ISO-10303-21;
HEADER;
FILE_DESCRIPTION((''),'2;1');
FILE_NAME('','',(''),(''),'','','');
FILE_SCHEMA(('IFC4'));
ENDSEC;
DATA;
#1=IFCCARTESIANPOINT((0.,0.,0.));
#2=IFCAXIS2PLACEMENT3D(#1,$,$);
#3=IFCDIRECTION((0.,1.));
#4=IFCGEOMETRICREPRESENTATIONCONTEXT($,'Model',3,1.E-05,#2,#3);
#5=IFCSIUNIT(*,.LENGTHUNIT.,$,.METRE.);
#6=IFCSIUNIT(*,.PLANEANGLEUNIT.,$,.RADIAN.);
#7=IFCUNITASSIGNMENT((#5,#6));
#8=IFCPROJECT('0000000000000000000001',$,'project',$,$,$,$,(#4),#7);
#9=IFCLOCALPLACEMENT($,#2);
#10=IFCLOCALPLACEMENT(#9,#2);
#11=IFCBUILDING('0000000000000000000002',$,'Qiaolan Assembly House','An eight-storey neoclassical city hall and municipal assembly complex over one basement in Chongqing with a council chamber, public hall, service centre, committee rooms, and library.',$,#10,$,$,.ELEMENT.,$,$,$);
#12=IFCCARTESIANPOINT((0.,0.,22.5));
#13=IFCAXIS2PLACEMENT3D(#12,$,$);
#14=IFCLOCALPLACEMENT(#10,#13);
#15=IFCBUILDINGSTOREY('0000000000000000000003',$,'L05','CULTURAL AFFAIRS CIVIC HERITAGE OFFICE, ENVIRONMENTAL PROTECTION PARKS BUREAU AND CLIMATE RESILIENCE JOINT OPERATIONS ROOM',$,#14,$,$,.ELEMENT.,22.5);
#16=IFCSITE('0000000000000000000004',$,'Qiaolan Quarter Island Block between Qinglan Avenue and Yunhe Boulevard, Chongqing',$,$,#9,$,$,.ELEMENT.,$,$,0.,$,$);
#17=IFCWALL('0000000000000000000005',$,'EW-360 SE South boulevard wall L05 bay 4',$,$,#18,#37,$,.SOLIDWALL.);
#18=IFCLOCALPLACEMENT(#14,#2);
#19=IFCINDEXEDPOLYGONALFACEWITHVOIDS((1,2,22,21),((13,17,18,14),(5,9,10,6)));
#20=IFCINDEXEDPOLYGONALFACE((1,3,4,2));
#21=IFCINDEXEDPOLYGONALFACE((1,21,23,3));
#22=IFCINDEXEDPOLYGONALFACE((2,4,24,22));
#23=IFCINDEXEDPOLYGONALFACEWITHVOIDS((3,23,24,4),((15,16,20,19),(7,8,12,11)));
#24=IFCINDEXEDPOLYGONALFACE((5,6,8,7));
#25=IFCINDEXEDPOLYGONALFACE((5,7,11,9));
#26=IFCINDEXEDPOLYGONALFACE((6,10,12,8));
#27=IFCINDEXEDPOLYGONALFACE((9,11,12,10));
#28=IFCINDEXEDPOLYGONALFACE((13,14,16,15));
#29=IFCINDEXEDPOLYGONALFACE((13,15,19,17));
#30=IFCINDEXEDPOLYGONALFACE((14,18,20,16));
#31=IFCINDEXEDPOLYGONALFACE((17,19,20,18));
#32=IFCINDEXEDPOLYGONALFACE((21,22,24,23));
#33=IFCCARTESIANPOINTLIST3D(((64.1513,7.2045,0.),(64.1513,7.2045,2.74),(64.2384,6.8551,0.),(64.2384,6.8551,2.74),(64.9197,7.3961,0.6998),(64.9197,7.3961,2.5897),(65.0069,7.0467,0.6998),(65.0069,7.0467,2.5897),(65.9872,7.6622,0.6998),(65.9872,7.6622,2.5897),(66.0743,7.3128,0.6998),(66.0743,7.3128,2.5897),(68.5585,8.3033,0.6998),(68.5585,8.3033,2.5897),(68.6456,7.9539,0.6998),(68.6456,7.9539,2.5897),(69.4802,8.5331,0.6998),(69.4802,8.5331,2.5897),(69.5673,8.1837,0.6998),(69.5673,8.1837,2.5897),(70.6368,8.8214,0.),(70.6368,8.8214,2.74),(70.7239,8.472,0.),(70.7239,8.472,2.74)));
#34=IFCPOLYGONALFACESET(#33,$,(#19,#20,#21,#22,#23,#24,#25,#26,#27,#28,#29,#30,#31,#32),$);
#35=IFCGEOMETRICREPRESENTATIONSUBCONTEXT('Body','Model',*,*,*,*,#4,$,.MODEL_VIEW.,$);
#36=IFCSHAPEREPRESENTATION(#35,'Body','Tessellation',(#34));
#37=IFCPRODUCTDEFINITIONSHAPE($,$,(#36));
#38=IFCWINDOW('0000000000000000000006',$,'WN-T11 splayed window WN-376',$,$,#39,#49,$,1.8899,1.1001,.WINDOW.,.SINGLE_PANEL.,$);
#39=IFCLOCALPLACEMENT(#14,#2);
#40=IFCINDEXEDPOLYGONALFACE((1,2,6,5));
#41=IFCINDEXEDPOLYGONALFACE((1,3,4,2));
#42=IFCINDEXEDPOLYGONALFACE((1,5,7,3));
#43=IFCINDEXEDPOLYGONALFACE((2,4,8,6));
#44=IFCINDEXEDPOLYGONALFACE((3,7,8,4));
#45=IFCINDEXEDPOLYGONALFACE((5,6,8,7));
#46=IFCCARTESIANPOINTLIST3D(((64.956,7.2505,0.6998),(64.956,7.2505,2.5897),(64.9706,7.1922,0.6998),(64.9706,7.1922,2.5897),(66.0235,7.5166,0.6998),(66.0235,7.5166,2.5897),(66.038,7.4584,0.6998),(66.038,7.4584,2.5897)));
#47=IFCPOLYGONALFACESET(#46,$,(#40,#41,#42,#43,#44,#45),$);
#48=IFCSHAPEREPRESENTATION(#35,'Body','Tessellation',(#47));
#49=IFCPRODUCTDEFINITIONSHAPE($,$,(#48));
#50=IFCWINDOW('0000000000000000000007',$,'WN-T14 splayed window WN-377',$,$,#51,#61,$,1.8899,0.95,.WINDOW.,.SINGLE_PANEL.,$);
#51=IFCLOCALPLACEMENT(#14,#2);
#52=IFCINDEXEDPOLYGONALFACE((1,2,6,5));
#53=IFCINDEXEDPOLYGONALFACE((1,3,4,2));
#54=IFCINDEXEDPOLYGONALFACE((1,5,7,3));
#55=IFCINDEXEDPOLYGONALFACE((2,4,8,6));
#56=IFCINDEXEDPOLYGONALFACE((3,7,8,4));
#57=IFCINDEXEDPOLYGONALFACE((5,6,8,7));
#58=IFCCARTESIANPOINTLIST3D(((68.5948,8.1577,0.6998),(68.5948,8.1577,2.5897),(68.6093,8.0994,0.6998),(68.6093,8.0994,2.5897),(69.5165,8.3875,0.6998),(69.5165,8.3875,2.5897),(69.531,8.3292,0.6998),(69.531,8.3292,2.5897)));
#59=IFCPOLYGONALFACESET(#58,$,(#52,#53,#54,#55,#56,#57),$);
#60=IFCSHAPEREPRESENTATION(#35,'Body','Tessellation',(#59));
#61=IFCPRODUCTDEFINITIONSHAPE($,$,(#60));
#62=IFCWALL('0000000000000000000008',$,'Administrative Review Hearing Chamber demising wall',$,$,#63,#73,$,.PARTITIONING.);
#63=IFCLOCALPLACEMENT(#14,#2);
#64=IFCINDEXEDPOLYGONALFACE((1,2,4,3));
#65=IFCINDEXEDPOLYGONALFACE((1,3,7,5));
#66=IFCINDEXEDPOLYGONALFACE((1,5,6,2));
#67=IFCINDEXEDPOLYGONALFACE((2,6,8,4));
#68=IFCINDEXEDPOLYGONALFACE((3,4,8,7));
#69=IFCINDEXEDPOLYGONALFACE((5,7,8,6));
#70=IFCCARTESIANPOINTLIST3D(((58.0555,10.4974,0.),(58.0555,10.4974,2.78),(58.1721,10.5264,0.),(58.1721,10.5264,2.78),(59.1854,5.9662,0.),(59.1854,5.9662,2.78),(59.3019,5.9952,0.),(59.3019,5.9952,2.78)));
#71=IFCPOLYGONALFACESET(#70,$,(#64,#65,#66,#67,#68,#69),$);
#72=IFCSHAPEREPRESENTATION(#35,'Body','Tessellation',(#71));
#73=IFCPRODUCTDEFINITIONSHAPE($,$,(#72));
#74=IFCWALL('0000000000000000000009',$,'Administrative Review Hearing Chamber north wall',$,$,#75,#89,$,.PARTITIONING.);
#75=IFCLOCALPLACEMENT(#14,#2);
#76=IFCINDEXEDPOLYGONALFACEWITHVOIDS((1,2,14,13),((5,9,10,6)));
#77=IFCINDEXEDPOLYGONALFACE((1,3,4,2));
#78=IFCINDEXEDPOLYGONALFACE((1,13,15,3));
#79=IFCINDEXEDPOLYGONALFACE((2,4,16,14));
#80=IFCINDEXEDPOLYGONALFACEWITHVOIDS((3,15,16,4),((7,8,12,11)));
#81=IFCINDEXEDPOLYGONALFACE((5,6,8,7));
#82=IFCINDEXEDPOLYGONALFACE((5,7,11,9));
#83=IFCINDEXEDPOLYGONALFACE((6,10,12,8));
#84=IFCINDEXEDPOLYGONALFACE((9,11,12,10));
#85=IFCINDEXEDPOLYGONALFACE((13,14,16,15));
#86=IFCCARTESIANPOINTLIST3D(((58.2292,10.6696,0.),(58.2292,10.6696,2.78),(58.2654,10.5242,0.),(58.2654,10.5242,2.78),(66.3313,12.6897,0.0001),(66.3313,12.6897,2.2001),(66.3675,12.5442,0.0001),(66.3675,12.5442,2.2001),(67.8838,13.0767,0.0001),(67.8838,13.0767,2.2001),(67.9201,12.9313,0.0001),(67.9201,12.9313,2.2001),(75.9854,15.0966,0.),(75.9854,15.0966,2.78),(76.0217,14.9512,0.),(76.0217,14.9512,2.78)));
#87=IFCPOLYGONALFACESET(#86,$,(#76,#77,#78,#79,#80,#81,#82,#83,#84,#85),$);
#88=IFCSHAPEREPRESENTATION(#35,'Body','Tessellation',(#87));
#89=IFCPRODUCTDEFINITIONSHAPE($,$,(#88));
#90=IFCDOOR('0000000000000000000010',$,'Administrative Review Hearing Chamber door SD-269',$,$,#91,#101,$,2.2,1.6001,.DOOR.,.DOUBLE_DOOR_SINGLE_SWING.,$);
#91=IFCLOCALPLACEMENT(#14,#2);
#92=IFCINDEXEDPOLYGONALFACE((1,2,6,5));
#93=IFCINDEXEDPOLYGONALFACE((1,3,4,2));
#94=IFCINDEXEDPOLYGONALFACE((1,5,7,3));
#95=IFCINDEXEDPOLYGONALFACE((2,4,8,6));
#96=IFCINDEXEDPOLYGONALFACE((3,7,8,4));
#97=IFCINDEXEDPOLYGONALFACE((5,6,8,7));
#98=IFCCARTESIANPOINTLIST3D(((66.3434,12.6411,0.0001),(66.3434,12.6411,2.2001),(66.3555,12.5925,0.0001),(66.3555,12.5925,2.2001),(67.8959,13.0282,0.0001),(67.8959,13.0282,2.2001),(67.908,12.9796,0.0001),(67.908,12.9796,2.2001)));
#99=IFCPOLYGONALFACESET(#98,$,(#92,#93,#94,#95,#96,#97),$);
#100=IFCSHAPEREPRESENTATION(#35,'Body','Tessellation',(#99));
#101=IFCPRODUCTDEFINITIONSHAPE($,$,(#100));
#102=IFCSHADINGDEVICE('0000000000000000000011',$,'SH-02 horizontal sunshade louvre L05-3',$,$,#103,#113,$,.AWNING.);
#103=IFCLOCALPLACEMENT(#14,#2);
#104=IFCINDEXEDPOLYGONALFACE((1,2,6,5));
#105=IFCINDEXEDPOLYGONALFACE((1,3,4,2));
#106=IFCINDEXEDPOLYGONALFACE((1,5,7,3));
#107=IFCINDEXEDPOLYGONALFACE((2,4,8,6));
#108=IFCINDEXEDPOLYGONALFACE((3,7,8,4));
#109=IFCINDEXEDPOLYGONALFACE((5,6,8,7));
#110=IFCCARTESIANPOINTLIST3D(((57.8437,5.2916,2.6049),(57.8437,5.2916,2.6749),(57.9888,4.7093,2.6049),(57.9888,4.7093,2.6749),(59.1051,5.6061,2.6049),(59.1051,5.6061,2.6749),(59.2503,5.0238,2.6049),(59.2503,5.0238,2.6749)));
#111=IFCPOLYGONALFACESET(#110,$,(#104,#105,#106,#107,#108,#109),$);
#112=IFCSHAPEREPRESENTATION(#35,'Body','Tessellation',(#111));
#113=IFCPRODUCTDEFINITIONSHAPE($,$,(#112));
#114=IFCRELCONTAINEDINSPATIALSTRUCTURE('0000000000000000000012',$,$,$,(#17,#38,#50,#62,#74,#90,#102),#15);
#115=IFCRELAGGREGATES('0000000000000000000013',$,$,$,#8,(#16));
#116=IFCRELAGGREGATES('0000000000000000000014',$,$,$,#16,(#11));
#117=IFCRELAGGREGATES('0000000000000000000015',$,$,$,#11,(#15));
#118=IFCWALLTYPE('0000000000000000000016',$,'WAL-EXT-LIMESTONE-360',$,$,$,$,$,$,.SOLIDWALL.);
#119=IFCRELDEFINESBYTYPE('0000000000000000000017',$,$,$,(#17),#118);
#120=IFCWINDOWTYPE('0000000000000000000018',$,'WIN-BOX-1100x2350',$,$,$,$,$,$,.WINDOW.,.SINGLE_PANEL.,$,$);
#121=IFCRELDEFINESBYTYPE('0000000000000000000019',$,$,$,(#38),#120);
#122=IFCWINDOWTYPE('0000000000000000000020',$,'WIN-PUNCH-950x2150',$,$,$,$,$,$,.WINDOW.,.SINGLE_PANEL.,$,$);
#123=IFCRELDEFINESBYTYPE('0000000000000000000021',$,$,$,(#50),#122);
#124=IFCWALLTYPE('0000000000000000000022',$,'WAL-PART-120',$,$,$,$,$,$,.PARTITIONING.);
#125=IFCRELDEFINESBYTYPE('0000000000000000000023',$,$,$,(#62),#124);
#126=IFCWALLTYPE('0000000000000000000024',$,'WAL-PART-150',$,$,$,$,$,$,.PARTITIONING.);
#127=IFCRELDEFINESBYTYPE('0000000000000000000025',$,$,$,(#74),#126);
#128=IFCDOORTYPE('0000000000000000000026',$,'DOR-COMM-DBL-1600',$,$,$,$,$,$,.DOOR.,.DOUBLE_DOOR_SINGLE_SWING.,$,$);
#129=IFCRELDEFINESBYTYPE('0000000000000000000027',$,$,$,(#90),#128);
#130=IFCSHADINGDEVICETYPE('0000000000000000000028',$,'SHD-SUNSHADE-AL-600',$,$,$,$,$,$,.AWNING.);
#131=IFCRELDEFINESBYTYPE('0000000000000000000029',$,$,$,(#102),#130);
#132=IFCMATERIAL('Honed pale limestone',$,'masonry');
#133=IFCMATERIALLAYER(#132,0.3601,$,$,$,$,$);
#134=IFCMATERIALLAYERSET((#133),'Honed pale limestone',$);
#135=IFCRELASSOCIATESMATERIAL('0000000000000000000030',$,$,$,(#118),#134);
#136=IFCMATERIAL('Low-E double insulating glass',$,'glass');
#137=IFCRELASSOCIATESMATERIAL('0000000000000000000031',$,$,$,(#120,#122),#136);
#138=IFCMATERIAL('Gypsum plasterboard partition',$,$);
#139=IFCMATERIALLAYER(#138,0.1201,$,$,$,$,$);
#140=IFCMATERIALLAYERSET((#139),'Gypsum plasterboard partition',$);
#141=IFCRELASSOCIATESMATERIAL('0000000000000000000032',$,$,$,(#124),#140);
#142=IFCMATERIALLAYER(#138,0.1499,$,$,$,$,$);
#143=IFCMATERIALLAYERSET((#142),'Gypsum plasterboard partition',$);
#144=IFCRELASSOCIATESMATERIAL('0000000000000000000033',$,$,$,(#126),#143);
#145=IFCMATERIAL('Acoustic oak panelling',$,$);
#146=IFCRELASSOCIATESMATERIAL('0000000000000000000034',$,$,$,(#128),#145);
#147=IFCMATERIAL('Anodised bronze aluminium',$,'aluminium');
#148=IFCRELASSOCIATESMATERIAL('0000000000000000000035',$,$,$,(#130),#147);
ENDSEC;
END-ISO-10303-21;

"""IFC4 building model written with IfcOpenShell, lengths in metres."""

from ifc_helpers import new_model, si_unit, direction, frame, frame_2d, origin, origin_2d, place, context, subcontext, project, spatial, rectangle, extrude, material, layer, layer_set, material_profile, profile_set, type_object, element, fill, save


model = new_model("IFC4")

# Units and contexts
model_context = context("Model", 3, precision=1e-05, world=origin(), true_north=direction((0.0, 1.0)))
body_context = subcontext(model_context, "Body", "Model", "MODEL_VIEW")
ifc_project = project(units=[si_unit("LENGTHUNIT", "METRE"), si_unit("PLANEANGLEUNIT", "RADIAN")], contexts=[model_context])

# Site, building, storey
site_placement = place(None, origin())
site = spatial("IfcSite", under=ifc_project, at=site_placement, Name="Qiaolan Quarter Island Block between Qinglan Avenue and Yunhe Boulevard, Chongqing", CompositionType="ELEMENT", RefElevation=0.0)
building_placement = place(site_placement, origin())
building = spatial("IfcBuilding", under=site, at=building_placement, Name="Qiaolan Assembly House", Description="An eight-storey neoclassical city hall and municipal assembly complex over one basement in Chongqing with a council chamber, public hall, service centre, committee rooms, and library.", CompositionType="ELEMENT")
storey_placement = place(building_placement, frame((0.0, 0.0, 22.5)))
storey = spatial("IfcBuildingStorey", under=building, at=storey_placement, Name="L05", Description="CULTURAL AFFAIRS CIVIC HERITAGE OFFICE, ENVIRONMENTAL PROTECTION PARKS BUREAU AND CLIMATE RESILIENCE JOINT OPERATIONS ROOM", CompositionType="ELEMENT", Elevation=22.5)

# Shared definitions
ifc_material_1 = material(Name="Honed pale limestone", Category="masonry")

# Wall, openings, windows
ifc_layer_1 = layer(ifc_material_1, 0.3601)
ifc_layer_set_1 = layer_set([ifc_layer_1], Name="Honed pale limestone")
wall_type_1 = type_object("IfcWallType", Name="WAL-EXT-LIMESTONE-360", PredefinedType="SOLIDWALL", material=ifc_layer_set_1)
wall_1_placement = place(storey_placement, frame((64.1948, 7.0298, 0.0), z_axis=(0.0, 0.0, 1.0), x_axis=(0.970299, 0.241908, 0.0)))
wall_1 = element("IfcWall", 1, at=wall_1_placement, inside=storey, type_object=wall_type_1, Name="EW-360 SE South boulevard wall L05 bay 4", PredefinedType="SOLIDWALL", context=body_context, shape_type="SweptSolid", body=[
    extrude(rectangle(XDim=6.6841, YDim=0.3601, at=frame_2d((3.342, 0.0))), origin(), (0.0, 0.0, 1.0), 2.74),
])
opening_1_placement = place(wall_1_placement, frame((0.792, 0.0, 0.7)))
opening_1 = element("IfcOpeningElement", 2, at=opening_1_placement, cuts=wall_1, PredefinedType="OPENING", context=body_context, shape_type="SweptSolid", body=[
    extrude(rectangle(XDim=1.1001, YDim=1.8899, at=frame_2d((0.55, 0.9448))), frame((0.0, 0.1899, 0.0), z_axis=(0.0, -1.0, 0.0), x_axis=(1.0, 0.0, 0.0)), (0.0, 0.0, 1.0), 0.3801),
])
opening_2_placement = place(wall_1_placement, frame((4.542, 0.0, 0.7)))
opening_2 = element("IfcOpeningElement", 3, at=opening_2_placement, cuts=wall_1, PredefinedType="OPENING", context=body_context, shape_type="SweptSolid", body=[
    extrude(rectangle(XDim=0.95, YDim=1.8899, at=frame_2d((0.4751, 0.9448))), frame((0.0, 0.1899, 0.0), z_axis=(0.0, -1.0, 0.0), x_axis=(1.0, 0.0, 0.0)), (0.0, 0.0, 1.0), 0.3801),
])
ifc_material_2 = material(Name="Low-E double insulating glass", Category="glass")
window_type_1 = type_object("IfcWindowType", Name="WIN-BOX-1100x2350", PartitioningType="SINGLE_PANEL", PredefinedType="WINDOW", material=ifc_material_2)
window_1_placement = place(opening_1_placement, origin())
window_1 = element("IfcWindow", 4, at=window_1_placement, inside=storey, type_object=window_type_1, Name="WN-T11 splayed window WN-376", OverallHeight=1.8899, OverallWidth=1.1001, PartitioningType="SINGLE_PANEL", PredefinedType="WINDOW", context=body_context, shape_type="SweptSolid", body=[
    extrude(rectangle(XDim=1.1001, YDim=1.8899, at=frame_2d((0.55, 0.9448))), frame((0.0, 0.03, 0.0), z_axis=(0.0, -1.0, 0.0), x_axis=(1.0, 0.0, 0.0)), (0.0, 0.0, 1.0), 0.0601),
])
fill(opening_1, window_1)
window_type_2 = type_object("IfcWindowType", Name="WIN-PUNCH-950x2150", PartitioningType="SINGLE_PANEL", PredefinedType="WINDOW", material=ifc_material_2)
window_2_placement = place(opening_2_placement, origin())
window_2 = element("IfcWindow", 5, at=window_2_placement, inside=storey, type_object=window_type_2, Name="WN-T14 splayed window WN-377", OverallHeight=1.8899, OverallWidth=0.95, PartitioningType="SINGLE_PANEL", PredefinedType="WINDOW", context=body_context, shape_type="SweptSolid", body=[
    extrude(rectangle(XDim=0.95, YDim=1.8899, at=frame_2d((0.4751, 0.9448))), frame((0.0, 0.03, 0.0), z_axis=(0.0, -1.0, 0.0), x_axis=(1.0, 0.0, 0.0)), (0.0, 0.0, 1.0), 0.0601),
])
fill(opening_2, window_2)

# Wall
ifc_material_3 = material(Name="Gypsum plasterboard partition")
ifc_layer_2 = layer(ifc_material_3, 0.1201)
ifc_layer_set_2 = layer_set([ifc_layer_2], Name="Gypsum plasterboard partition")
wall_type_2 = type_object("IfcWallType", Name="WAL-PART-120", PredefinedType="PARTITIONING", material=ifc_layer_set_2)
wall_2_placement = place(storey_placement, frame((59.2437, 5.9807, 0.0), z_axis=(0.0, 0.0, 1.0), x_axis=(-0.241945, 0.97029, 0.0)))
element("IfcWall", 6, at=wall_2_placement, inside=storey, type_object=wall_type_2, Name="Administrative Review Hearing Chamber demising wall", PredefinedType="PARTITIONING", context=body_context, shape_type="SweptSolid", body=[
    extrude(rectangle(XDim=4.6699, YDim=0.1201, at=frame_2d((2.335, 0.0))), origin(), (0.0, 0.0, 1.0), 2.78),
])

# Wall, opening, door
ifc_layer_3 = layer(ifc_material_3, 0.1499)
ifc_layer_set_3 = layer_set([ifc_layer_3], Name="Gypsum plasterboard partition")
wall_type_3 = type_object("IfcWallType", Name="WAL-PART-150", PredefinedType="PARTITIONING", material=ifc_layer_set_3)
wall_3_placement = place(storey_placement, frame((58.2473, 10.5969, 0.0), z_axis=(0.0, 0.0, 1.0), x_axis=(0.970298, 0.241914, 0.0)))
wall_3 = element("IfcWall", 7, at=wall_3_placement, inside=storey, type_object=wall_type_3, Name="Administrative Review Hearing Chamber north wall", PredefinedType="PARTITIONING", context=body_context, shape_type="SweptSolid", body=[
    extrude(rectangle(XDim=18.2998, YDim=0.1499, at=frame_2d((9.1499, 0.0))), origin(), (0.0, 0.0, 1.0), 2.78),
])
opening_3_placement = place(wall_3_placement, frame((8.3501, 0.0, 0.0)))
opening_3 = element("IfcOpeningElement", 8, at=opening_3_placement, cuts=wall_3, PredefinedType="OPENING", context=body_context, shape_type="SweptSolid", body=[
    extrude(rectangle(XDim=1.6001, YDim=2.2, at=frame_2d((0.8, 1.1001))), frame((0.0, 0.085, 0.0), z_axis=(0.0, -1.0, 0.0), x_axis=(1.0, 0.0, 0.0)), (0.0, 0.0, 1.0), 0.1699),
])
ifc_material_4 = material(Name="Acoustic oak panelling")
door_type = type_object("IfcDoorType", Name="DOR-COMM-DBL-1600", OperationType="DOUBLE_DOOR_SINGLE_SWING", PredefinedType="DOOR", material=ifc_material_4)
door_placement = place(opening_3_placement, origin())
door = element("IfcDoor", 9, at=door_placement, inside=storey, type_object=door_type, Name="Administrative Review Hearing Chamber door SD-269", OperationType="DOUBLE_DOOR_SINGLE_SWING", OverallHeight=2.2, OverallWidth=1.6001, PredefinedType="DOOR", context=body_context, shape_type="SweptSolid", body=[
    extrude(rectangle(XDim=1.6001, YDim=2.2, at=frame_2d((0.8, 1.1001))), frame((0.0, 0.0249, 0.0), z_axis=(0.0, -1.0, 0.0), x_axis=(1.0, 0.0, 0.0)), (0.0, 0.0, 1.0), 0.05),
])
fill(opening_3, door)

# Shading device
ifc_material_5 = material(Name="Anodised bronze aluminium", Category="aluminium")
ifc_material_profile_1 = material_profile(ifc_material_5, rectangle(XDim=0.6001, YDim=0.0701, at=origin_2d()), Name="SHD 600x70")
ifc_profile_set_1 = profile_set([ifc_material_profile_1], Name="Anodised bronze aluminium")
shading_device_type = type_object("IfcShadingDeviceType", Name="SHD-SUNSHADE-AL-600", PredefinedType="AWNING", material=ifc_profile_set_1)
shading_device_placement = place(storey_placement, frame((57.9163, 5.0005, 2.6399), z_axis=(0.970308, 0.241873, 0.0), x_axis=(-0.241873, 0.970308, 0.0)))
element("IfcShadingDevice", 10, at=shading_device_placement, inside=storey, type_object=shading_device_type, Name="SH-02 horizontal sunshade louvre L05-3", PredefinedType="AWNING", context=body_context, shape_type="SweptSolid", body=[
    extrude(rectangle(XDim=0.6001, YDim=0.0701, at=origin_2d()), origin(), (0.0, 0.0, 1.0), 1.3),
])

save(model, "model.ifc")
